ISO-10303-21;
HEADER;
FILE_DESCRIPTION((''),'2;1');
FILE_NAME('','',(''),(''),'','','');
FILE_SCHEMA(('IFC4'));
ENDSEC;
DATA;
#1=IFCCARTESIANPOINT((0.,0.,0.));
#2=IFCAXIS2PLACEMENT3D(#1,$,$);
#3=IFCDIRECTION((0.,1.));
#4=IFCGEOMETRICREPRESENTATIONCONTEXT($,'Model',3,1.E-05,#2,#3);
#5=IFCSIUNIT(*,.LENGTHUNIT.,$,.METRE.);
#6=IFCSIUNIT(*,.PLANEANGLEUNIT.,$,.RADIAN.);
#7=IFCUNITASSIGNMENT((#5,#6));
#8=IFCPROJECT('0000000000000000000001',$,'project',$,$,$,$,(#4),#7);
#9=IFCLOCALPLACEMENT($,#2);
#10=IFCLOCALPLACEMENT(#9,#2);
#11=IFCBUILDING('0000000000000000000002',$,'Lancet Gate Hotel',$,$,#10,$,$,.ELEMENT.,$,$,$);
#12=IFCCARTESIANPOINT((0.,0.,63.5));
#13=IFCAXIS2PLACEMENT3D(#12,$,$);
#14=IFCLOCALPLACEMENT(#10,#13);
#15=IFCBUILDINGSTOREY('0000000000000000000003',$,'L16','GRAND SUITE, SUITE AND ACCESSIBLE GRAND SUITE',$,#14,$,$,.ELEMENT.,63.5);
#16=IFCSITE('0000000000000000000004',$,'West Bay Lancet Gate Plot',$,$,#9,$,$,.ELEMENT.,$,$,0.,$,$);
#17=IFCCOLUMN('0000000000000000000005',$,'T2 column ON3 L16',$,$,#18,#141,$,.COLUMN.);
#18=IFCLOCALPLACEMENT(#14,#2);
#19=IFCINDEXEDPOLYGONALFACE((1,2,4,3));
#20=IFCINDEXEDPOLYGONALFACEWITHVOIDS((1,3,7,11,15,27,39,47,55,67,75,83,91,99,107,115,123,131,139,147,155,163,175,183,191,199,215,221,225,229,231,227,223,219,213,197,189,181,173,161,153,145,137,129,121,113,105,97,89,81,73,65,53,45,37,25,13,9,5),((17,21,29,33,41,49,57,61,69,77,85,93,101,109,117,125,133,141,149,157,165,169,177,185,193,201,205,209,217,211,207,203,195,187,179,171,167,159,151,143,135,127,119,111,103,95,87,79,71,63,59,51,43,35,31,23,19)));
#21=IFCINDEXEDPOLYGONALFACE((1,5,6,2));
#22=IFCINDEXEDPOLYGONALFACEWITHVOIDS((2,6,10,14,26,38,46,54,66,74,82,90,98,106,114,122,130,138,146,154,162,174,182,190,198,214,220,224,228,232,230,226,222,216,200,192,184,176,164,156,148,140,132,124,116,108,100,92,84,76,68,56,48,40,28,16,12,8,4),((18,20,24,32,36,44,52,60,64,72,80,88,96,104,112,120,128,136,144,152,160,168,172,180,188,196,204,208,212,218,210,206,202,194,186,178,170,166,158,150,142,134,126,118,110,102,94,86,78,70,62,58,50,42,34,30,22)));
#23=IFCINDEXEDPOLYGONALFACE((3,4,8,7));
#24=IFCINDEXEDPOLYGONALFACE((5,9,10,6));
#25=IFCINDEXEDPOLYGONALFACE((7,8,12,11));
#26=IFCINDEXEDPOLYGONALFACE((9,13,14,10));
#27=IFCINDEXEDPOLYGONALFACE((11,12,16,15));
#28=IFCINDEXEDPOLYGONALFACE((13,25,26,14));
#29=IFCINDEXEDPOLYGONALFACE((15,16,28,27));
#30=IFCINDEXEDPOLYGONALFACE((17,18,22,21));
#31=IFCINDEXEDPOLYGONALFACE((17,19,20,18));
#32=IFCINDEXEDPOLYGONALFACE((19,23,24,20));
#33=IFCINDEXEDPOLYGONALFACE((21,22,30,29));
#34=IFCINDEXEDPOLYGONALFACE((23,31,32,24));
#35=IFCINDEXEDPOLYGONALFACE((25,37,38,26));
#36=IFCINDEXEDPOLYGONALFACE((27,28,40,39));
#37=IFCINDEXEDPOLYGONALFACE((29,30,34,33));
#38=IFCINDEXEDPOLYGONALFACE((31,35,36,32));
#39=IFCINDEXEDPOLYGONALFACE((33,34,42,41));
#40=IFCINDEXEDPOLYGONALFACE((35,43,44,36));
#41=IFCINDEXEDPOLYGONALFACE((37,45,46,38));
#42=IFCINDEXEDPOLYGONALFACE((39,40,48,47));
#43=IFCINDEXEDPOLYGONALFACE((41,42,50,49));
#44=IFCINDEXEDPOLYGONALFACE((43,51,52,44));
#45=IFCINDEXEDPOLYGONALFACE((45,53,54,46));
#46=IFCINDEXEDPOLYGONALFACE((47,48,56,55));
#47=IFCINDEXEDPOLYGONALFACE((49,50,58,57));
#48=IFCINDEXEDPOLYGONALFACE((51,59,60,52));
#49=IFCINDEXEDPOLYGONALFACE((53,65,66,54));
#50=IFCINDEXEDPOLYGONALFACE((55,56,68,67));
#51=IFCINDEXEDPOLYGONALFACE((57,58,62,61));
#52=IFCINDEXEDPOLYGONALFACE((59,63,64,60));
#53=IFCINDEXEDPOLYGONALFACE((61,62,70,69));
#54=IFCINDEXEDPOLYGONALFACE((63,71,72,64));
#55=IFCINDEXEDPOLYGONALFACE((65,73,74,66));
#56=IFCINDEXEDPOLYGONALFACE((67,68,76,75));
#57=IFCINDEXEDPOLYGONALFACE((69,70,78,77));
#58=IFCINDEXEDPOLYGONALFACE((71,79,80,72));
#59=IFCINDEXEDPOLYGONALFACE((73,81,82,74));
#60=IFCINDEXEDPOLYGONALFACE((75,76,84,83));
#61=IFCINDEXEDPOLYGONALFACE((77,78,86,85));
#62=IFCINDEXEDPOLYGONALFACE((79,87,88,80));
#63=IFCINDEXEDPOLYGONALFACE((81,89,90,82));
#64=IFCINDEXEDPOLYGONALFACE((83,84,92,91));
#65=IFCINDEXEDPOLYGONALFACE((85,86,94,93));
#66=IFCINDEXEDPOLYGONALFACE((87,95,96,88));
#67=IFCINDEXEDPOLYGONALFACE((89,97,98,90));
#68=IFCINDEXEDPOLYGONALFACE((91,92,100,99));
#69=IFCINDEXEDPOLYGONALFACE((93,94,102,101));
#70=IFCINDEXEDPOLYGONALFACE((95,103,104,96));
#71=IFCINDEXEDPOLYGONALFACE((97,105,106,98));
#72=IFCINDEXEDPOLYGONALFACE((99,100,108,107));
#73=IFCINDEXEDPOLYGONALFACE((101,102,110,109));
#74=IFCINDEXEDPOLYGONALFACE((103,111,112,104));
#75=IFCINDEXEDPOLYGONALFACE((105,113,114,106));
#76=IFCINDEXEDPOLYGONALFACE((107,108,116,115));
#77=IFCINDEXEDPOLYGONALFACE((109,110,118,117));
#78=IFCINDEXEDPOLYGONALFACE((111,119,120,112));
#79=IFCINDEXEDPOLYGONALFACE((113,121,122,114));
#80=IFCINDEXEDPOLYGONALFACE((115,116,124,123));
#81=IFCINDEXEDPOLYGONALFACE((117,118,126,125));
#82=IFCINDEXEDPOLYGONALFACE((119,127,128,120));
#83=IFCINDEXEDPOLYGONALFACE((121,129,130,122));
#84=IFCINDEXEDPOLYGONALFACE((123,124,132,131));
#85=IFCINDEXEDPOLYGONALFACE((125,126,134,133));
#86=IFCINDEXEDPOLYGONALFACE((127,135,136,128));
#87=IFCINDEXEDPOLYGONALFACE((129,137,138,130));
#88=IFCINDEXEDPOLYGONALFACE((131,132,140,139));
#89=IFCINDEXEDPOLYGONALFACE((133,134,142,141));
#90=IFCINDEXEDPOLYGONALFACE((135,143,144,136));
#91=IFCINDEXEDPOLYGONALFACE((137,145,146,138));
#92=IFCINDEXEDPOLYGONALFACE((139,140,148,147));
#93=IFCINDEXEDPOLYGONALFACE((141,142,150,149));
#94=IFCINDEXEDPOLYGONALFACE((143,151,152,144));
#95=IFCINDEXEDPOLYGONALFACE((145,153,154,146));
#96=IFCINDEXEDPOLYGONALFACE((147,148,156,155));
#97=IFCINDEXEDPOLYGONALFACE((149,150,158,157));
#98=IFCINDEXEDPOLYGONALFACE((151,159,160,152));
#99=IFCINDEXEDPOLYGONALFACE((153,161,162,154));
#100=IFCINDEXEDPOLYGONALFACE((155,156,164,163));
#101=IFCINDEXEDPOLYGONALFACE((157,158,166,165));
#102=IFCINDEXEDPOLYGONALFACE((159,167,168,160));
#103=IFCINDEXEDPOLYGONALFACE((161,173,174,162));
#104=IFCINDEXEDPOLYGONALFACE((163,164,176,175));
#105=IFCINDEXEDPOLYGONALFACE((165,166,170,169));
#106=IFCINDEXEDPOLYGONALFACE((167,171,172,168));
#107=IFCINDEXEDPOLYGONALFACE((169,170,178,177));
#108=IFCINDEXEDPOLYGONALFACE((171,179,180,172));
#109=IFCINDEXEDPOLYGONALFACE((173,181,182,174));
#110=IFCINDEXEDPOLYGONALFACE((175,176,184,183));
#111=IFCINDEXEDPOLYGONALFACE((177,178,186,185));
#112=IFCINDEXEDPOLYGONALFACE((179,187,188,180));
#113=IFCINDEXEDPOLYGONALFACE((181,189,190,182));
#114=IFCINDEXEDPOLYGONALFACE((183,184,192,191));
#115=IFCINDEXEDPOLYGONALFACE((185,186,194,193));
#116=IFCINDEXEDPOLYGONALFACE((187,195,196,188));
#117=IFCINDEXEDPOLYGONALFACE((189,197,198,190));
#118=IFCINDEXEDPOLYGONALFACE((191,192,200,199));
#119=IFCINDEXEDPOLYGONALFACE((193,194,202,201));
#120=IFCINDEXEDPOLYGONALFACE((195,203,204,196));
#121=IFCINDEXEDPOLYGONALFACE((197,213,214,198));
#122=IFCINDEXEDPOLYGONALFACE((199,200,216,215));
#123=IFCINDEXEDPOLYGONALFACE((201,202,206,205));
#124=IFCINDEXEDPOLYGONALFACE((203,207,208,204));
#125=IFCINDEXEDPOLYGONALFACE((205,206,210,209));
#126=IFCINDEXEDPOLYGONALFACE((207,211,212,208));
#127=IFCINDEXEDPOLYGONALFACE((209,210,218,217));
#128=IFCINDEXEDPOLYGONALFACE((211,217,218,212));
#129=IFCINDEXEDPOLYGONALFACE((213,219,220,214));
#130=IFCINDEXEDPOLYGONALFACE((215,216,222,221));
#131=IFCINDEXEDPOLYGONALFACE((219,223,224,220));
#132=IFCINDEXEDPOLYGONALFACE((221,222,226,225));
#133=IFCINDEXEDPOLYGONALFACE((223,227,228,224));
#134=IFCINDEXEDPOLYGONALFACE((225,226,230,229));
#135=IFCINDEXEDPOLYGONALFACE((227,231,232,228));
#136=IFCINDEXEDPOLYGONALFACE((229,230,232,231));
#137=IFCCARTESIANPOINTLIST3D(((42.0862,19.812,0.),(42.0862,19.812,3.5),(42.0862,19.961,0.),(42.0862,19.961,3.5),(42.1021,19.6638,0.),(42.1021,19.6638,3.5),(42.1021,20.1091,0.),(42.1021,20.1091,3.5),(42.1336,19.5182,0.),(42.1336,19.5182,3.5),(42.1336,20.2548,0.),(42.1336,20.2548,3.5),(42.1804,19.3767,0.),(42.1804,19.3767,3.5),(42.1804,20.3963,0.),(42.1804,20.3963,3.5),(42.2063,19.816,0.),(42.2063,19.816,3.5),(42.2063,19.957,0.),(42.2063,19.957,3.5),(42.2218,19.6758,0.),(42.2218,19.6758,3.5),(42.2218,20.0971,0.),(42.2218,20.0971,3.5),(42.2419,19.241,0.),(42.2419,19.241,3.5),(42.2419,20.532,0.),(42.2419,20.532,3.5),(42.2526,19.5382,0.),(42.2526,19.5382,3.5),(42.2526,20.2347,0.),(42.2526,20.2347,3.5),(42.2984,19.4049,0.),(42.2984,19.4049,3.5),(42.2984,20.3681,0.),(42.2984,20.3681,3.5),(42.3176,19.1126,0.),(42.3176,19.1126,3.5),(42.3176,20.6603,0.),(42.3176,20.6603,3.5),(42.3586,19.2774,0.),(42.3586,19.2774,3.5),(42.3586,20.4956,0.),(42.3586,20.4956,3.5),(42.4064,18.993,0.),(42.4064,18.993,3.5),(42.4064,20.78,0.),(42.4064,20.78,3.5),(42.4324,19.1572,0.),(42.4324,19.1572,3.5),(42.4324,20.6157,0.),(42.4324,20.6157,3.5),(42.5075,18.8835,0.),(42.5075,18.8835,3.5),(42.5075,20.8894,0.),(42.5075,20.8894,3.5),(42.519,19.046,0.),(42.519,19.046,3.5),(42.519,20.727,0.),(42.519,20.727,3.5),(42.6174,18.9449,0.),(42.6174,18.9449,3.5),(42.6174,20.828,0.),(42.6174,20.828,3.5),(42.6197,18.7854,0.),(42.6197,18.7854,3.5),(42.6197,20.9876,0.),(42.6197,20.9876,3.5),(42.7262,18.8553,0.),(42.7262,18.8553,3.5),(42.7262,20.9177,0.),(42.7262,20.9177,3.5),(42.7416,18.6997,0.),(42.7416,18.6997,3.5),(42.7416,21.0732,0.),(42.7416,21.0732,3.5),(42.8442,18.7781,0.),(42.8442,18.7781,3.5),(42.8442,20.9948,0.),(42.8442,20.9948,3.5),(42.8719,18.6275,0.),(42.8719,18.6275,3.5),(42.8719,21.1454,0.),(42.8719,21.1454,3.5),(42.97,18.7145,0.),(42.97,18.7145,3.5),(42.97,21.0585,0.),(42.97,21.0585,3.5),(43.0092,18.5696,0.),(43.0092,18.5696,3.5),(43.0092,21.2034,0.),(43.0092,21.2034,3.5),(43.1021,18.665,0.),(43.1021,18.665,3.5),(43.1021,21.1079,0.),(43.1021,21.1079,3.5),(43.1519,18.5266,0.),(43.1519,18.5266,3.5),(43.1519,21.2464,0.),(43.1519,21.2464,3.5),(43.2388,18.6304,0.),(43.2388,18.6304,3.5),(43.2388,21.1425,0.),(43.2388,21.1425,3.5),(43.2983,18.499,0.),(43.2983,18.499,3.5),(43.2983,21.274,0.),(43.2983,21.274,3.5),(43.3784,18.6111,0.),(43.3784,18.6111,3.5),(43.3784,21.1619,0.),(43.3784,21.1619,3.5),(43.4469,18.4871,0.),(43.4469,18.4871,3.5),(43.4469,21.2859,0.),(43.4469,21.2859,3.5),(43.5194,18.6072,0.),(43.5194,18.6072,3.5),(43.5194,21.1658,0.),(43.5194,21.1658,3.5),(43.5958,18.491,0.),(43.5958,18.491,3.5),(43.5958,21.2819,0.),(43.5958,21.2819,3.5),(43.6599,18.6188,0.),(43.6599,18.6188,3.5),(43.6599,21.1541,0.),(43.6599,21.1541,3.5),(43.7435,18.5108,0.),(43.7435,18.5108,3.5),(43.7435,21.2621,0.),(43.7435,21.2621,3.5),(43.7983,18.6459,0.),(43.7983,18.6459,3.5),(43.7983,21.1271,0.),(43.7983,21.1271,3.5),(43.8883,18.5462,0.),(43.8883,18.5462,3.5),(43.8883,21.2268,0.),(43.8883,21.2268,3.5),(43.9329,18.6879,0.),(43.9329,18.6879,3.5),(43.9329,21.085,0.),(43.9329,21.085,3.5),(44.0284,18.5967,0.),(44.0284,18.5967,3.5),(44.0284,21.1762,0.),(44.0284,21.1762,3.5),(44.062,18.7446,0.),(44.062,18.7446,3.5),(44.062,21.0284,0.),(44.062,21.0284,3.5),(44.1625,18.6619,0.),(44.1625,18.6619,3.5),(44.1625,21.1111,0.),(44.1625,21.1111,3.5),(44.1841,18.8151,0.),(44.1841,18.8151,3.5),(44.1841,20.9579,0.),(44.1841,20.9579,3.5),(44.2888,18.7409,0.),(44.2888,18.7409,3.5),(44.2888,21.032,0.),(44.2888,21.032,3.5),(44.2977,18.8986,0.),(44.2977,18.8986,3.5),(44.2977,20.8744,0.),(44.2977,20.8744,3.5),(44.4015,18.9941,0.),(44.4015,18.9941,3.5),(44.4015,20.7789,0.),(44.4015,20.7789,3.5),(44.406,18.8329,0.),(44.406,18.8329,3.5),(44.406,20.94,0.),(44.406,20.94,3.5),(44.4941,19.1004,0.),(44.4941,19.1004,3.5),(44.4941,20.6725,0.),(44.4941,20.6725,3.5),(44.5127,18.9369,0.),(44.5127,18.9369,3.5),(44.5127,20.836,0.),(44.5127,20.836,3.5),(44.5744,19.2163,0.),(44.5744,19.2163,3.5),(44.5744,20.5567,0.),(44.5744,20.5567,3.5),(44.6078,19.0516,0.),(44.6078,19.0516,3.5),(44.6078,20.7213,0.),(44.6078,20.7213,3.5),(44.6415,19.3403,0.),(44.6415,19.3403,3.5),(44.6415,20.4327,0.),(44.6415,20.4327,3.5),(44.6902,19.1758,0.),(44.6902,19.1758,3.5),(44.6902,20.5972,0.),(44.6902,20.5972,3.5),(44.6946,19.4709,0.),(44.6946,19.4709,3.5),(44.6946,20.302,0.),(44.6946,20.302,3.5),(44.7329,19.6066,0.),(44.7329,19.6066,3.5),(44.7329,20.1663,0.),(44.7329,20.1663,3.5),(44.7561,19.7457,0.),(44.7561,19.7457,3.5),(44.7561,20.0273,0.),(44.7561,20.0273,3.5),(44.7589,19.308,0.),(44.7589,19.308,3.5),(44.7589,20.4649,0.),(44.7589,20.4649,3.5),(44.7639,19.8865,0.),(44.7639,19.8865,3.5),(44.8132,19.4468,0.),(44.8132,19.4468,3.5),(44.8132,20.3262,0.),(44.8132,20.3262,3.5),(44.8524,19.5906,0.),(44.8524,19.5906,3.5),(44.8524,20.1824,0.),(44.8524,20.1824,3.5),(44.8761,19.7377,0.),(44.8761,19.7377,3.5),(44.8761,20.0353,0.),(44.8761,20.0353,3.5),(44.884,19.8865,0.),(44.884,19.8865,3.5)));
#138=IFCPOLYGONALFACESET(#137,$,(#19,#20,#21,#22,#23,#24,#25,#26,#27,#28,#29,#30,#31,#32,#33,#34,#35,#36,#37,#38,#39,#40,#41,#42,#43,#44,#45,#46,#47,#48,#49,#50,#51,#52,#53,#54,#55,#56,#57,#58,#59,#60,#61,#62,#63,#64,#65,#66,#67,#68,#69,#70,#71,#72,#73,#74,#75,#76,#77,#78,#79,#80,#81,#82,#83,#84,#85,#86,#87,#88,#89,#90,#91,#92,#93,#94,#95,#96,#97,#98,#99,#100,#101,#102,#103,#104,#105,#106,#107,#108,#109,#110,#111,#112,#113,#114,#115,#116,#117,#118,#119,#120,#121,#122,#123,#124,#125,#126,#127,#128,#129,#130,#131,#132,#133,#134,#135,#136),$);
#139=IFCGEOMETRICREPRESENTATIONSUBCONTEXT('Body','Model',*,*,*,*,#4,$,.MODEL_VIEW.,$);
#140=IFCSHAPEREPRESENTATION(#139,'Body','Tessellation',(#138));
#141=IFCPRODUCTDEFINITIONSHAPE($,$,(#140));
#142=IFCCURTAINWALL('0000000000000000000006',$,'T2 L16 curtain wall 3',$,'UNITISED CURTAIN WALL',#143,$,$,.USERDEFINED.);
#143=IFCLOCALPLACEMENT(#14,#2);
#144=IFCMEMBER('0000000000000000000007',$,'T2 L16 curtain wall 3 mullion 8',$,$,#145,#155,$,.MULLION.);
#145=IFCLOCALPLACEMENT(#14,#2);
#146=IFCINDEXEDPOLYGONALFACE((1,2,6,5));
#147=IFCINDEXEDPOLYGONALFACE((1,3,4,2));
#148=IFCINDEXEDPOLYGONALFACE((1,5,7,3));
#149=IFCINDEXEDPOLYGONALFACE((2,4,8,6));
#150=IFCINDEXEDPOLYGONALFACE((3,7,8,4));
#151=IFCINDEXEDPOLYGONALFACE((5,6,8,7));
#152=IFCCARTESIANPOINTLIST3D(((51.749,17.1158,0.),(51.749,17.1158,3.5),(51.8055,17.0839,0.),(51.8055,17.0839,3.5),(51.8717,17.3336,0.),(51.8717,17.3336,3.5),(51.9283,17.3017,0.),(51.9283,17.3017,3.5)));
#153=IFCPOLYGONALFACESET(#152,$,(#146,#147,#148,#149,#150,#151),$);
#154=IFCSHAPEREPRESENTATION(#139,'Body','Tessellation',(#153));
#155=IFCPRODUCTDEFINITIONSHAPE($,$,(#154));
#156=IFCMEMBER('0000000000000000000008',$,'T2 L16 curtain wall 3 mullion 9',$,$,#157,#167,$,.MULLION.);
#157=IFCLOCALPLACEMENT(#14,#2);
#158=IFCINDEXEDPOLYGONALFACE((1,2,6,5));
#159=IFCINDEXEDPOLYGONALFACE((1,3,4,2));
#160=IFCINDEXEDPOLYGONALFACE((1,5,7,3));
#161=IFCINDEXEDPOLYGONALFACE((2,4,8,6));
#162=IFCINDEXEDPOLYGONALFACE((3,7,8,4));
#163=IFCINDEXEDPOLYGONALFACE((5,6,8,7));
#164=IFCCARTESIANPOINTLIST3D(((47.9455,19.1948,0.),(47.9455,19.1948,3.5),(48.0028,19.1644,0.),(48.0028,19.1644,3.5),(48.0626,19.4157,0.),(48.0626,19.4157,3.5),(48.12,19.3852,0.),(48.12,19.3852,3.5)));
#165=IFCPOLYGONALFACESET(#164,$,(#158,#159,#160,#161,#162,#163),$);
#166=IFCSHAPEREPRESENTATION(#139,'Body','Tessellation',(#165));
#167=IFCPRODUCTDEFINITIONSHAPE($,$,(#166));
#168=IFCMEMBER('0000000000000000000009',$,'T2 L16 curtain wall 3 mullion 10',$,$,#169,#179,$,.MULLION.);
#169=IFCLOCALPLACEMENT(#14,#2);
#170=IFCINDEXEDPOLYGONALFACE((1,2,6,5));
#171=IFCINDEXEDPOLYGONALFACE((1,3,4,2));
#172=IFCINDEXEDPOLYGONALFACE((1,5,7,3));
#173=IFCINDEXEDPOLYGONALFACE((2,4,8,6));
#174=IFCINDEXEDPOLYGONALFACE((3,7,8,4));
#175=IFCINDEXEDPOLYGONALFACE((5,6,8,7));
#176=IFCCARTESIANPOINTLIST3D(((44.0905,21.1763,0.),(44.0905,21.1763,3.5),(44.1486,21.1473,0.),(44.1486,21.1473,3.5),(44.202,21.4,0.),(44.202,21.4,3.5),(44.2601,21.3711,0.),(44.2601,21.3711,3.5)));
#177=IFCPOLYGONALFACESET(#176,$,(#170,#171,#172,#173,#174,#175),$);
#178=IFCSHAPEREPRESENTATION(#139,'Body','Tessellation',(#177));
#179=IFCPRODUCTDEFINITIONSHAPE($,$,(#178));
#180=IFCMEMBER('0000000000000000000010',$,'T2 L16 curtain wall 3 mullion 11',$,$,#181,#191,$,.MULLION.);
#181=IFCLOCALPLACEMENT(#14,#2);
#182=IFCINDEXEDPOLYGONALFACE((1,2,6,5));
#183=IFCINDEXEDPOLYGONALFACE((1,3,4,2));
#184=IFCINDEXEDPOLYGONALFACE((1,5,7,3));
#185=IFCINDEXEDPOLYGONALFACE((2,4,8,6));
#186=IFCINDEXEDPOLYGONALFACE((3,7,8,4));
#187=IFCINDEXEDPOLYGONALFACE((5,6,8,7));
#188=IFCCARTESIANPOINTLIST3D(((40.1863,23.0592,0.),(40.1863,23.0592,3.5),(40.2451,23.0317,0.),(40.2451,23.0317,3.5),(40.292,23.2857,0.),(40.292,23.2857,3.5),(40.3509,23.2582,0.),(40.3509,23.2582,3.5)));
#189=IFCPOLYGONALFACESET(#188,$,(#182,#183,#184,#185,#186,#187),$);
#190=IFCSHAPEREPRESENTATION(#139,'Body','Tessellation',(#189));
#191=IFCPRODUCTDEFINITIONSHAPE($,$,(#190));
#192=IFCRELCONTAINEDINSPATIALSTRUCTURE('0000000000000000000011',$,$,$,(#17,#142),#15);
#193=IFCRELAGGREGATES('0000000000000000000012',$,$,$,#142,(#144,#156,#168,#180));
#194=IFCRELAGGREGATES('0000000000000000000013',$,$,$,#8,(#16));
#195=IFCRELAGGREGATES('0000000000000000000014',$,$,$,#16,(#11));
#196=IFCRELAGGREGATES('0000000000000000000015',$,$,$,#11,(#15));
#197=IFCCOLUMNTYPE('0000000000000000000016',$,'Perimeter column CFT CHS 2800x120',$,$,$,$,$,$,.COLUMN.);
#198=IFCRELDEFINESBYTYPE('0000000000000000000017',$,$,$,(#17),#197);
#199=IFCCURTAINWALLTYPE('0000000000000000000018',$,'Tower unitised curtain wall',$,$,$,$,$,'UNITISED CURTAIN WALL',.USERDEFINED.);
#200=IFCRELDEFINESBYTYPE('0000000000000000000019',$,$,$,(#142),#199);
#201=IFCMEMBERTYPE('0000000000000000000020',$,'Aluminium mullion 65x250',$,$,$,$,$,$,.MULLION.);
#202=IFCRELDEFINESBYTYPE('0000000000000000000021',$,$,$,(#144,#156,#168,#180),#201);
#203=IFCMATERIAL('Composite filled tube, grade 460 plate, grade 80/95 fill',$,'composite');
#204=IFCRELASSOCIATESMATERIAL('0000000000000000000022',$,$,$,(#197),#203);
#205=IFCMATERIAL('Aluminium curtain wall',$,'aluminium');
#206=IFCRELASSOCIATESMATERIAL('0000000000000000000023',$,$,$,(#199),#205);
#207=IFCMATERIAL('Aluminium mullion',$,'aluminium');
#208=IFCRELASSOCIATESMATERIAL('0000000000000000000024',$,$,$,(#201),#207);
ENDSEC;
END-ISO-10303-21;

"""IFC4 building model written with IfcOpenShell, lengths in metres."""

from ifc_helpers import new_model, si_unit, direction, frame, origin, origin_2d, place, context, subcontext, project, spatial, rectangle, hollow_circle, extrude, material, material_profile, profile_set, type_object, element, aggregate, save


model = new_model("IFC4")

# Units and contexts
model_context = context("Model", 3, precision=1e-05, world=origin(), true_north=direction((0.0, 1.0)))
body_context = subcontext(model_context, "Body", "Model", "MODEL_VIEW")
ifc_project = project(units=[si_unit("LENGTHUNIT", "METRE"), si_unit("PLANEANGLEUNIT", "RADIAN")], contexts=[model_context])

# Site, building, storey
site_placement = place(None, origin())
site = spatial("IfcSite", under=ifc_project, at=site_placement, Name="West Bay Lancet Gate Plot", CompositionType="ELEMENT", RefElevation=0.0)
building_placement = place(site_placement, origin())
building = spatial("IfcBuilding", under=site, at=building_placement, Name="Lancet Gate Hotel", CompositionType="ELEMENT")
storey_placement = place(building_placement, frame((0.0, 0.0, 63.5)))
storey = spatial("IfcBuildingStorey", under=building, at=storey_placement, Name="L16", Description="GRAND SUITE, SUITE AND ACCESSIBLE GRAND SUITE", CompositionType="ELEMENT", Elevation=63.5)

# Column
ifc_material_1 = material(Name="Composite filled tube, grade 460 plate, grade 80/95 fill", Category="composite")
ifc_material_profile_1 = material_profile(ifc_material_1, hollow_circle(Radius=1.3999, WallThickness=0.1201, at=origin_2d()), Name="CHS 2800x120")
ifc_profile_set_1 = profile_set([ifc_material_profile_1], Name="Composite filled tube, grade 460 plate, grade 80/95 fill")
column_type = type_object("IfcColumnType", Name="Perimeter column CFT CHS 2800x120", PredefinedType="COLUMN", material=ifc_profile_set_1)
for number, where, z_axis, x_axis, name in (
    (1, (43.4841, 19.8865, 0.0), (0.0, 0.0, 1.0), (1.0, 0.0, 0.0), "T2 column ON3 L16"),
):
    element("IfcColumn", number, at=place(storey_placement, frame(where, z_axis=z_axis, x_axis=x_axis)), inside=storey, type_object=column_type, Name=name, PredefinedType="COLUMN", context=body_context, shape_type="SweptSolid", body=[
        extrude(hollow_circle(Radius=1.3999, WallThickness=0.1201, at=origin_2d()), origin(), (0.0, 0.0, 1.0), 3.5),
    ])

# Curtain wall, members
ifc_material_2 = material(Name="Aluminium curtain wall", Category="aluminium")
curtain_wall_type = type_object("IfcCurtainWallType", Name="Tower unitised curtain wall", ElementType="UNITISED CURTAIN WALL", PredefinedType="USERDEFINED", material=ifc_material_2)
curtain_wall_placement = place(storey_placement, origin())
curtain_wall = element("IfcCurtainWall", 2, at=curtain_wall_placement, inside=storey, type_object=curtain_wall_type, Name="T2 L16 curtain wall 3", ObjectType="UNITISED CURTAIN WALL", PredefinedType="USERDEFINED")
ifc_material_3 = material(Name="Aluminium mullion", Category="aluminium")
ifc_material_profile_2 = material_profile(ifc_material_3, rectangle(XDim=0.0649, YDim=0.25, at=origin_2d()), Name="MULLION 65x250")
ifc_profile_set_2 = profile_set([ifc_material_profile_2], Name="Aluminium mullion")
member_type_1 = type_object("IfcMemberType", Name="Aluminium mullion 65x250", PredefinedType="MULLION", material=ifc_profile_set_2)
member_1_placement = place(storey_placement, frame((51.8386, 17.2087, 0.0), z_axis=(0.0, 0.0, 1.0), x_axis=(-0.87119, 0.490945, 0.0)))
member_1 = element("IfcMember", 3, at=member_1_placement, type_object=member_type_1, Name="T2 L16 curtain wall 3 mullion 8", PredefinedType="MULLION", context=body_context, shape_type="SweptSolid", body=[
    extrude(rectangle(XDim=0.0649, YDim=0.25, at=origin_2d()), origin(), (0.0, 0.0, 1.0), 3.5),
])
member_2_placement = place(storey_placement, frame((48.0327, 19.29, 0.0), z_axis=(0.0, 0.0, 1.0), x_axis=(-0.883403, 0.468613, 0.0)))
member_2 = element("IfcMember", 4, at=member_2_placement, type_object=member_type_1, Name="T2 L16 curtain wall 3 mullion 9", PredefinedType="MULLION", context=body_context, shape_type="SweptSolid", body=[
    extrude(rectangle(XDim=0.0649, YDim=0.25, at=origin_2d()), origin(), (0.0, 0.0, 1.0), 3.5),
])
member_3_placement = place(storey_placement, frame((44.1753, 21.2737, 0.0), z_axis=(0.0, 0.0, 1.0), x_axis=(-0.895044, 0.445978, 0.0)))
member_3 = element("IfcMember", 5, at=member_3_placement, type_object=member_type_1, Name="T2 L16 curtain wall 3 mullion 10", PredefinedType="MULLION", context=body_context, shape_type="SweptSolid", body=[
    extrude(rectangle(XDim=0.0649, YDim=0.25, at=origin_2d()), origin(), (0.0, 0.0, 1.0), 3.5),
])
member_4_placement = place(storey_placement, frame((40.2686, 23.1587, 0.0), z_axis=(0.0, 0.0, 1.0), x_axis=(-0.906105, 0.423053, 0.0)))
member_4 = element("IfcMember", 6, at=member_4_placement, type_object=member_type_1, Name="T2 L16 curtain wall 3 mullion 11", PredefinedType="MULLION", context=body_context, shape_type="SweptSolid", body=[
    extrude(rectangle(XDim=0.0649, YDim=0.25, at=origin_2d()), origin(), (0.0, 0.0, 1.0), 3.5),
])

aggregate(curtain_wall, [member_1, member_2, member_3, member_4])

save(model, "model.ifc")
